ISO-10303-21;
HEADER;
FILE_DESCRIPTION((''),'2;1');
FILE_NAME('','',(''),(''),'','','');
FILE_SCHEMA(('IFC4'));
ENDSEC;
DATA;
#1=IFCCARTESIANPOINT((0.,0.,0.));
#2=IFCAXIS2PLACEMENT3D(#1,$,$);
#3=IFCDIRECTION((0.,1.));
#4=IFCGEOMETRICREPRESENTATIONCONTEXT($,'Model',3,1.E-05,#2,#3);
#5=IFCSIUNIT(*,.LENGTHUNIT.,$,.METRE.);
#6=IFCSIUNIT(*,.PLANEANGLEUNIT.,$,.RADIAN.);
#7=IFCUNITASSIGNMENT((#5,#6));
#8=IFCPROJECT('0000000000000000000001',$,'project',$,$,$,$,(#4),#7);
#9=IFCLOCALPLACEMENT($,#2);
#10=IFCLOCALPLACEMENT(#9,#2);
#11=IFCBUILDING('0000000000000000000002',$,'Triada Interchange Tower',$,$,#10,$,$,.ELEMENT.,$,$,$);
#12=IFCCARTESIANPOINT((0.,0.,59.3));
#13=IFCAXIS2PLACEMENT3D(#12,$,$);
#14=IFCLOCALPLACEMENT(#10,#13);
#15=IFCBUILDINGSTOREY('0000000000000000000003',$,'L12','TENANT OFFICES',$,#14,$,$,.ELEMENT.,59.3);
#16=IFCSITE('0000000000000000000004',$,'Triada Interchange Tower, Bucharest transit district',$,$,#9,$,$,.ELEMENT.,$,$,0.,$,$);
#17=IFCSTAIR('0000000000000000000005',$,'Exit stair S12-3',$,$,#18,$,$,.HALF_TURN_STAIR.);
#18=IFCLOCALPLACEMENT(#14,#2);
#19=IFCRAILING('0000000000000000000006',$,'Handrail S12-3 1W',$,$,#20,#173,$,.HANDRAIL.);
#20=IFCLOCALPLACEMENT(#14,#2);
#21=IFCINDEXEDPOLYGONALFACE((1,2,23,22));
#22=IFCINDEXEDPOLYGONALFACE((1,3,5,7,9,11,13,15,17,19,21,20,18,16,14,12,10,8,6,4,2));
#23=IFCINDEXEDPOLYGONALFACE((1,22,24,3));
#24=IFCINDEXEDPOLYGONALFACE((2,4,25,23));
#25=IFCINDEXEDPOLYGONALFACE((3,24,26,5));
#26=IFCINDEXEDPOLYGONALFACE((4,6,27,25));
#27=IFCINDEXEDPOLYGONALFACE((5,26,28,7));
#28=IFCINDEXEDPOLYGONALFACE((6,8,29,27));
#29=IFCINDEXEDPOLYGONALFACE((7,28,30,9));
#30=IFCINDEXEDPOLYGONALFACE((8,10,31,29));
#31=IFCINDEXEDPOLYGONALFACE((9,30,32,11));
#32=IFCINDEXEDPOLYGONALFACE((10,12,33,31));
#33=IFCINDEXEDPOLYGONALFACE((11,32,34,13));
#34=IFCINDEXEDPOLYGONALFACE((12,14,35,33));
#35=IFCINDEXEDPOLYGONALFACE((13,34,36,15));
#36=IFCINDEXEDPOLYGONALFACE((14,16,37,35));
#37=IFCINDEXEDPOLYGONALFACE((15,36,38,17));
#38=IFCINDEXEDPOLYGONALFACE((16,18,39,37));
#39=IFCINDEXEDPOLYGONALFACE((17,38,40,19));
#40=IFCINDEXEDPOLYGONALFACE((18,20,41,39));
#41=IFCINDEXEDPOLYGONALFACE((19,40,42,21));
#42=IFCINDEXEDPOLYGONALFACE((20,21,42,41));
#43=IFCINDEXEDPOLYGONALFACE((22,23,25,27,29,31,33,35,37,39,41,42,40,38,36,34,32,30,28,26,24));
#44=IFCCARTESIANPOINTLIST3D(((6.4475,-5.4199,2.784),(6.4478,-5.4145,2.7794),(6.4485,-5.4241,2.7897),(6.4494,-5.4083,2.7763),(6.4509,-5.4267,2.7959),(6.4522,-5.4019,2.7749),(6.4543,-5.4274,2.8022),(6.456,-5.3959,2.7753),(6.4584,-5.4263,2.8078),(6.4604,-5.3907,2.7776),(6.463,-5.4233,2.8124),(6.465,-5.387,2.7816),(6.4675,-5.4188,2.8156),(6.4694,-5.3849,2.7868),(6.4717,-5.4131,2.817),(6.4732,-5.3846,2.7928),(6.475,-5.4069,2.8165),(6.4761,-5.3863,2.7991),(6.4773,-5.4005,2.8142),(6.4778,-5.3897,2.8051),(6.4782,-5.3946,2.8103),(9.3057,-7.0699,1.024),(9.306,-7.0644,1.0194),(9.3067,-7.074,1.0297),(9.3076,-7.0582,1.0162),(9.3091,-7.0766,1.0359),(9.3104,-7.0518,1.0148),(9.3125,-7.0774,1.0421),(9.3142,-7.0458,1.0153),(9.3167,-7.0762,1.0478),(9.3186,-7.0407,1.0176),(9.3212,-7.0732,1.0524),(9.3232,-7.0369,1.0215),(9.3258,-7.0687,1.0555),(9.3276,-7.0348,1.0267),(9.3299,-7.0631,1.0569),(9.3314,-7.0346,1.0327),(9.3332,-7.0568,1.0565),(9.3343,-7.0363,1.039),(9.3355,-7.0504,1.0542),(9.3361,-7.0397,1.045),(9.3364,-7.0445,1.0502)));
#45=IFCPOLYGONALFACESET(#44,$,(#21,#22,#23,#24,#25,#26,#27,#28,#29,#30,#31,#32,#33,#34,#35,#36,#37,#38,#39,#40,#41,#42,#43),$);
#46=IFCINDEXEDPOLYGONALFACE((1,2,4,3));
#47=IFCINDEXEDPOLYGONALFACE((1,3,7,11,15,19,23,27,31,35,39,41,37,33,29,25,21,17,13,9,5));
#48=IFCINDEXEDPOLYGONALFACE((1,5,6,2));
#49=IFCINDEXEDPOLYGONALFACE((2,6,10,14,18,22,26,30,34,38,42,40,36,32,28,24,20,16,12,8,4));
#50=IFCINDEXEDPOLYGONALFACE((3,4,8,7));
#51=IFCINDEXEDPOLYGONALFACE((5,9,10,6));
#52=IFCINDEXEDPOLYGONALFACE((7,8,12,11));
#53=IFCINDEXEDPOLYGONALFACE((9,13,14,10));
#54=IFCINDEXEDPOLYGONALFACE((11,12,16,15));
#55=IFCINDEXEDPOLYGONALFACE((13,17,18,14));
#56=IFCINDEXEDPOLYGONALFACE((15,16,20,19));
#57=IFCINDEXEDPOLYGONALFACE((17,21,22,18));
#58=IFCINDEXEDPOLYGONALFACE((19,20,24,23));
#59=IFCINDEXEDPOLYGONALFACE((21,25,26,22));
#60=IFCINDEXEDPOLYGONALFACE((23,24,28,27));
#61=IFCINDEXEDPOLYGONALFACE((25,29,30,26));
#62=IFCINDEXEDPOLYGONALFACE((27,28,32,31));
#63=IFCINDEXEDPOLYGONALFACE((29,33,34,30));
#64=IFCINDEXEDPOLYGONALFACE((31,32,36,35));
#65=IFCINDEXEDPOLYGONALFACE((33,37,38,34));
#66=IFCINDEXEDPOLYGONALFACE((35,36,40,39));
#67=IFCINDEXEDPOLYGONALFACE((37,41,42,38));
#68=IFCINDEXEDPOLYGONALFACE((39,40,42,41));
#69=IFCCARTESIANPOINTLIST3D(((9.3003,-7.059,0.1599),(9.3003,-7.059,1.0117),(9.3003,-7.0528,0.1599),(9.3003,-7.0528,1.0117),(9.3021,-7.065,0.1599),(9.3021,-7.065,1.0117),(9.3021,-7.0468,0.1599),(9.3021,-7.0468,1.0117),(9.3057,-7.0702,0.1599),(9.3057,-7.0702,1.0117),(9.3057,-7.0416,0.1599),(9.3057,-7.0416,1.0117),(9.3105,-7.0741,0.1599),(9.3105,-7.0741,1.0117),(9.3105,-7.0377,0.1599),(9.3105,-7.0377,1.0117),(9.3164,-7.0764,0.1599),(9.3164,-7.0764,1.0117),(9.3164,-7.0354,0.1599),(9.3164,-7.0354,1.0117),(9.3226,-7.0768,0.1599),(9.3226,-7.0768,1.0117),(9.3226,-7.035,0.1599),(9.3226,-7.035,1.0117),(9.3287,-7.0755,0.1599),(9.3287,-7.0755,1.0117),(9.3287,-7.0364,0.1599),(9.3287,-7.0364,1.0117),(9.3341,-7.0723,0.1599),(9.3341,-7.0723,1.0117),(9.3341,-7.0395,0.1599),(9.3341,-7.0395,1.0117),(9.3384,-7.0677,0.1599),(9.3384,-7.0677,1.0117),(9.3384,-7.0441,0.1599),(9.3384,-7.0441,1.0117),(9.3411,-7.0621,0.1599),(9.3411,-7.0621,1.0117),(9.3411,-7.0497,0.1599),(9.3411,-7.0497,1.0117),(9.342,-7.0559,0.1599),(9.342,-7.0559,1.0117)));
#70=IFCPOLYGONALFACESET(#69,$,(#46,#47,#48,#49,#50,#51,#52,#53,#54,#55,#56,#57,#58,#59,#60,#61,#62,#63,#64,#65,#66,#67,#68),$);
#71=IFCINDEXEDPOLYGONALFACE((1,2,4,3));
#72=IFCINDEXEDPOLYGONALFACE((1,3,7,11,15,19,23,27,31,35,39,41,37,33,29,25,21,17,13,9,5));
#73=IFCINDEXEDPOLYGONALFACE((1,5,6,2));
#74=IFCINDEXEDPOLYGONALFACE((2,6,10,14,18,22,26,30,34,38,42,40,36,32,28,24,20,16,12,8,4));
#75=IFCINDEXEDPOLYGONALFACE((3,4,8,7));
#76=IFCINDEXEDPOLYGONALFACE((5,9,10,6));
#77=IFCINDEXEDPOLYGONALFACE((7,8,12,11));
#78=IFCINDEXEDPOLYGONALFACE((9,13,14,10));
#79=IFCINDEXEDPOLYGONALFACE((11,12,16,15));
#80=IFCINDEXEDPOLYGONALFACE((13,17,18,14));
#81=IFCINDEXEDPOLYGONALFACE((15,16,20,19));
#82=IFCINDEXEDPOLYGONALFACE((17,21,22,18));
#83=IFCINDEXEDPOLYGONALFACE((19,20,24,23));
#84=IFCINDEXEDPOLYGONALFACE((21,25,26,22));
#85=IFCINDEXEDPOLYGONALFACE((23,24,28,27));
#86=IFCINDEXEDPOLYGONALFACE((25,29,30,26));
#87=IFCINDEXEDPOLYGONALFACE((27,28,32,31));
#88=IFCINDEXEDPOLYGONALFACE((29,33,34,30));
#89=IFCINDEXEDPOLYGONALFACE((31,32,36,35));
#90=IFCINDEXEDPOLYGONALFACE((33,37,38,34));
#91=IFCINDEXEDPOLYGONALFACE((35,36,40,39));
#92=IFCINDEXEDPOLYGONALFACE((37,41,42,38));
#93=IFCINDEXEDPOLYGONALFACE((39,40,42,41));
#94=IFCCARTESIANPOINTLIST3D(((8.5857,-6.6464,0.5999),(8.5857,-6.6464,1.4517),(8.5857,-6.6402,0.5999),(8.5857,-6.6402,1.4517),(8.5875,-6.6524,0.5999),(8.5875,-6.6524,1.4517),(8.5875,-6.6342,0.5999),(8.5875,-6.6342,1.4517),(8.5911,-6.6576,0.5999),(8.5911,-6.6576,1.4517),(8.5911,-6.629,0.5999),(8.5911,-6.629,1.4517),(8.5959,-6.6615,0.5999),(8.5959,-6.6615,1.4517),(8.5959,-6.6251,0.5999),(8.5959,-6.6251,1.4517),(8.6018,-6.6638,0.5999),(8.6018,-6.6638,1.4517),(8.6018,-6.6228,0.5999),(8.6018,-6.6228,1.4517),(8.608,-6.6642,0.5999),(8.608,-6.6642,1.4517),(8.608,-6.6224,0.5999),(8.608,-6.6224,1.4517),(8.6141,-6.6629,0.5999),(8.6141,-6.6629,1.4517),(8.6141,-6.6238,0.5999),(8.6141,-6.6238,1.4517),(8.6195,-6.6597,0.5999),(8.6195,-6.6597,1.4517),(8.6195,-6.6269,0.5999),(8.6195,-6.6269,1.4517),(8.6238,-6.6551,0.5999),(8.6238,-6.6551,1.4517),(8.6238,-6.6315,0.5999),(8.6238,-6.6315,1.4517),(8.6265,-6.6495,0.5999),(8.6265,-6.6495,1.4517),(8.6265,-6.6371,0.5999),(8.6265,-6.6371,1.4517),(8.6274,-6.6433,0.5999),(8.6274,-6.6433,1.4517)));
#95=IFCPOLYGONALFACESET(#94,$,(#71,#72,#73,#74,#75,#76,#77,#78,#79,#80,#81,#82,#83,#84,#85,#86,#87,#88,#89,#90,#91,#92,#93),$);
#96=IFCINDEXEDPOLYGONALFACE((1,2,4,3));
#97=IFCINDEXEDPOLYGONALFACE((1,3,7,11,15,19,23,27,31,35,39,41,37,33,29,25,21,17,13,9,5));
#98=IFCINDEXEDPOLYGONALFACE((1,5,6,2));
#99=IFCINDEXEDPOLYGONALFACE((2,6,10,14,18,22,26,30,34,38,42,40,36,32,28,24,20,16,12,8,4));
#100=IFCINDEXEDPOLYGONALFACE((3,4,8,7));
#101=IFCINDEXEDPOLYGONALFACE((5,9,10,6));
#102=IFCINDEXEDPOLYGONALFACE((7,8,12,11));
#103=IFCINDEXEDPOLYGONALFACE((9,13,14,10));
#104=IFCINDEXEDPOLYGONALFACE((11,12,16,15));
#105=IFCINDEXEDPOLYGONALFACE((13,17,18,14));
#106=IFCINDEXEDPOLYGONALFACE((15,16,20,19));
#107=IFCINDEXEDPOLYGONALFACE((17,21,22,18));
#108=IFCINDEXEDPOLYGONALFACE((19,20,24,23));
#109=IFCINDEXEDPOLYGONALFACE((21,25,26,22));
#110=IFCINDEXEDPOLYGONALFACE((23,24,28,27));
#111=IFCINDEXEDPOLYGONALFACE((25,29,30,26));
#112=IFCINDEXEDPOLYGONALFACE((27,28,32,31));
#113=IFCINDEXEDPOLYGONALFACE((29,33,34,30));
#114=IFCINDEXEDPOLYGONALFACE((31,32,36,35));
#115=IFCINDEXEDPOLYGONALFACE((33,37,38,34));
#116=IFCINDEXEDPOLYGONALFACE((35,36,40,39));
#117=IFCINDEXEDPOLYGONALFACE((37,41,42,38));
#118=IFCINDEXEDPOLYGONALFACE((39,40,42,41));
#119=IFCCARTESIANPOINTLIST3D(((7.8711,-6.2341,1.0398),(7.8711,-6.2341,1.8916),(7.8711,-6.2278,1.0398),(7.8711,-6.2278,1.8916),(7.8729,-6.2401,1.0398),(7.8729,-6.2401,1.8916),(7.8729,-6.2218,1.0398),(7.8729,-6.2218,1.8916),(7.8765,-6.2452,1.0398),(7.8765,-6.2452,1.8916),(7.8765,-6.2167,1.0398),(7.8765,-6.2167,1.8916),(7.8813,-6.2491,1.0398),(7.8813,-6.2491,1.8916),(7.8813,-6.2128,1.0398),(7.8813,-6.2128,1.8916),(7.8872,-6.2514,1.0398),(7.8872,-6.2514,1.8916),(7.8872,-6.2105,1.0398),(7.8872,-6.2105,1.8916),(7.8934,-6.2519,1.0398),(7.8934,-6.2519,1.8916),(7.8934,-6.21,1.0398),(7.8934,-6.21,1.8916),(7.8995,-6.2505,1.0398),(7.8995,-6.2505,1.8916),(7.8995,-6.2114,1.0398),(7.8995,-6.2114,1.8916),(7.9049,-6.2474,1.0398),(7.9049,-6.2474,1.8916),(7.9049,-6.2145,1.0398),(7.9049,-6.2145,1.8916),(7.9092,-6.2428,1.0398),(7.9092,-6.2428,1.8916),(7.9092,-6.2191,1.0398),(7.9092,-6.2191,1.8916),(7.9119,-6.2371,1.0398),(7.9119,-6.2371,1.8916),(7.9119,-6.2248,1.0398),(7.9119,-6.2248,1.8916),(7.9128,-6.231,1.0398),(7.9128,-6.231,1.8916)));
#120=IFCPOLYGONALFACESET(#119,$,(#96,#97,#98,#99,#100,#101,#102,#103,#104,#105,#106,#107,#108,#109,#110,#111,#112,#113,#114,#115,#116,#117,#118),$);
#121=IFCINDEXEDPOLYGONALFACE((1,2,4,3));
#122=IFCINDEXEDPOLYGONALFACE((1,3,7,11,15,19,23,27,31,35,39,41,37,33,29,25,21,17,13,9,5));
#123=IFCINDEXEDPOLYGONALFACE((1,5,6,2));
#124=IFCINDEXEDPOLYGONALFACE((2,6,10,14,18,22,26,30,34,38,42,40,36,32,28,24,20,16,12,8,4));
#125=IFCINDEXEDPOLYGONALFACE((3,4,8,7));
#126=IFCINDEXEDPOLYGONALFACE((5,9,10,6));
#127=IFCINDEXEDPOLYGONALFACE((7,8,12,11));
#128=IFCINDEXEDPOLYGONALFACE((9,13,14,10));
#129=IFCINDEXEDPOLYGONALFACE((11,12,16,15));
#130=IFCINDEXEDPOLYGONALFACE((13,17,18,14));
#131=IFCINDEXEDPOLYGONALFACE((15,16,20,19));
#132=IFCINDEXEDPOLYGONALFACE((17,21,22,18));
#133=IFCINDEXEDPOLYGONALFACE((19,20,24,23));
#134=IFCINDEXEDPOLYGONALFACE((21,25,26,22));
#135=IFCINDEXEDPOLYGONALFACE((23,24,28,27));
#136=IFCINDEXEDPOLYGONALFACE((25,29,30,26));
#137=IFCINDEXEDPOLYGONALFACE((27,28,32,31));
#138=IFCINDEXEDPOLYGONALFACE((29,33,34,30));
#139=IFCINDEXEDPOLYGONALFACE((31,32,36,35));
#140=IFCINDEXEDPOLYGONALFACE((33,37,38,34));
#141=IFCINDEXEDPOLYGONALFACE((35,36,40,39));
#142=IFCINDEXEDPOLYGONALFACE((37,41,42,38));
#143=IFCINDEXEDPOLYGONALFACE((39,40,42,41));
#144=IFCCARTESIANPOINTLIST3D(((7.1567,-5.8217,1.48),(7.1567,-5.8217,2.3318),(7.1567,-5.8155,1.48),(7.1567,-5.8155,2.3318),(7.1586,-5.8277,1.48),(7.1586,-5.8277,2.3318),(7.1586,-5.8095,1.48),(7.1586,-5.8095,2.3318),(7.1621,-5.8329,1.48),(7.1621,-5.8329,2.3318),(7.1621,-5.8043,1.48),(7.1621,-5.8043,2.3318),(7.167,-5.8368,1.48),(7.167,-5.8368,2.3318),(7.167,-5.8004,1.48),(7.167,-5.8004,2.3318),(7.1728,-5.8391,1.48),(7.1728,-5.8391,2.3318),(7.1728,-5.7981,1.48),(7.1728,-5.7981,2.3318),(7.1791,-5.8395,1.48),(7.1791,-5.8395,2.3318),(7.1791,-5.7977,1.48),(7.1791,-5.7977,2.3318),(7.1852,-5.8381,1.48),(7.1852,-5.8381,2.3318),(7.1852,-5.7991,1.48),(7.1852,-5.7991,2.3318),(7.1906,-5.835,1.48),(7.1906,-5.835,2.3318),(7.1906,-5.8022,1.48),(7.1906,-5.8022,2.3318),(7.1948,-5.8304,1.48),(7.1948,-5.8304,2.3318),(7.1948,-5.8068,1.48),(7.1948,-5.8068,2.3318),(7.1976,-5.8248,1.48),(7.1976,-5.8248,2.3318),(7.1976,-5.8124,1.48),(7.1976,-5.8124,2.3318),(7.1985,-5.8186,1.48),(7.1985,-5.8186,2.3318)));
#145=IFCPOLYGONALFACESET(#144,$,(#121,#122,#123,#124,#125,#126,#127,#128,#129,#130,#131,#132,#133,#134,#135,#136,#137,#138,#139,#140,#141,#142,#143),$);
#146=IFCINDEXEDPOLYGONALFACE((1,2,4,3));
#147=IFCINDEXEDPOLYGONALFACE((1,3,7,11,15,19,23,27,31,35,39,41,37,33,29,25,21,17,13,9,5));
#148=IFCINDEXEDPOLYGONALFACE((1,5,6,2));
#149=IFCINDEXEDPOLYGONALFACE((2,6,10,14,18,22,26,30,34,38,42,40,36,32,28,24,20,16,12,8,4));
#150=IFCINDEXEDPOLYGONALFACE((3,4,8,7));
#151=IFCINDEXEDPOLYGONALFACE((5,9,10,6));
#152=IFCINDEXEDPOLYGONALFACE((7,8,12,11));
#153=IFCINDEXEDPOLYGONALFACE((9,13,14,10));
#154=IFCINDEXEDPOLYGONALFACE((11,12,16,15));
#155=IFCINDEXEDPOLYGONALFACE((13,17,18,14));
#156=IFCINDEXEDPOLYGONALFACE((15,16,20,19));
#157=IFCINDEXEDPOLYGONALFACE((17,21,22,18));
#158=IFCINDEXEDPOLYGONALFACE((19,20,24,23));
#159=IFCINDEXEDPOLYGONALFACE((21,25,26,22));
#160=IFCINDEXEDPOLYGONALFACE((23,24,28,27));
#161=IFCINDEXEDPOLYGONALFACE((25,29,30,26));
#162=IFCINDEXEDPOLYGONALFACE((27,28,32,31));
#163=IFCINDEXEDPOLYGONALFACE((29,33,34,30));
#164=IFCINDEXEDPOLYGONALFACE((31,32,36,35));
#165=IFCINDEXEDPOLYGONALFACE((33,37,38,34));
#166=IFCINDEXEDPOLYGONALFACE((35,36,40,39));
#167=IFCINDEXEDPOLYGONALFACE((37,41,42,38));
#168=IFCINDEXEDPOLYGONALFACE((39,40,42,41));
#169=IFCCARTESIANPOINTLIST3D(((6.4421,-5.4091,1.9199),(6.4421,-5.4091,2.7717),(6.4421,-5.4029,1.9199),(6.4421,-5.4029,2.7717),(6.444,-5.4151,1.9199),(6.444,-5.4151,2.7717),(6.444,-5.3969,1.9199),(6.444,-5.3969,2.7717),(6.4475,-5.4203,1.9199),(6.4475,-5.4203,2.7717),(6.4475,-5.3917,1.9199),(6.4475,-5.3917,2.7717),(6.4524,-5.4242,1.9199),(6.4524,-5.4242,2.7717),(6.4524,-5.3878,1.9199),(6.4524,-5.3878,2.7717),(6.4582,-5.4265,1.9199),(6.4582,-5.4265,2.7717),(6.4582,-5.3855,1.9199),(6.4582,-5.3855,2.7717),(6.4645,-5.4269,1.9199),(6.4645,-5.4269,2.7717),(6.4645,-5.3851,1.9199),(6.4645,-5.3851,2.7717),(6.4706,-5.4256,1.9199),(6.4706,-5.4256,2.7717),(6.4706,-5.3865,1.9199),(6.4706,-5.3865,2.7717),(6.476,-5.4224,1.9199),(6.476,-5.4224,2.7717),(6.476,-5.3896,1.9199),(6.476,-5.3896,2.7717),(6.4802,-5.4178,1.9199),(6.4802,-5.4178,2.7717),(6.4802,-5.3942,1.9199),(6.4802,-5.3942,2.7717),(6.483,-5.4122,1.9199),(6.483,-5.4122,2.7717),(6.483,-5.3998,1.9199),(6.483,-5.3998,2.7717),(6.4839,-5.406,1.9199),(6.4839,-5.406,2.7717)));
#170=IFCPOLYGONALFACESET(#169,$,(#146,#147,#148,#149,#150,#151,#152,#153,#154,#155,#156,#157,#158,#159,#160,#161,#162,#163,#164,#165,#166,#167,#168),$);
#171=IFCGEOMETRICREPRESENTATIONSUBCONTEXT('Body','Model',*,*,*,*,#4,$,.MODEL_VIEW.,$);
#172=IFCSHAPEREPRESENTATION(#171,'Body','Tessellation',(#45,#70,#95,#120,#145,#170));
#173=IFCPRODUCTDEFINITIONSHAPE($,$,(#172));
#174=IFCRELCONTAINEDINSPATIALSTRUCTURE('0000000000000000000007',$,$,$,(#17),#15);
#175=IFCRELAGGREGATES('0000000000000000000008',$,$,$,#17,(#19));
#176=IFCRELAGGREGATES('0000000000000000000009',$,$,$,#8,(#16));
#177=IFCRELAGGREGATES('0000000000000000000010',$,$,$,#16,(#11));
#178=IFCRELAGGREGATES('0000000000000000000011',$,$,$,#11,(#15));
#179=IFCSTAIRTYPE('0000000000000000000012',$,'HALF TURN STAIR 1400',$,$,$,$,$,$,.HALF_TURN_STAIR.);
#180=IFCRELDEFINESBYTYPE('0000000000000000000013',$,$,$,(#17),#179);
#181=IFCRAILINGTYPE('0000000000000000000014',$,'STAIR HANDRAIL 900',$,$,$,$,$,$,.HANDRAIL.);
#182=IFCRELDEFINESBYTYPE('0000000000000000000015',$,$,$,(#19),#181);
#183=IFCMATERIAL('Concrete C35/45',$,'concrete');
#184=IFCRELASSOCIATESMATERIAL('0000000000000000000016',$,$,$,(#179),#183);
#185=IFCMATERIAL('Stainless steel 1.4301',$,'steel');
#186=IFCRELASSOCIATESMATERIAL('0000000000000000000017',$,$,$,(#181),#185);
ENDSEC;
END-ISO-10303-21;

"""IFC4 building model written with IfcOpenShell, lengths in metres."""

from ifc_helpers import new_model, si_unit, direction, frame, origin, origin_2d, place, context, subcontext, project, spatial, circle, extrude, material, type_object, element, aggregate, save


model = new_model("IFC4")

# Units and contexts
model_context = context("Model", 3, precision=1e-05, world=origin(), true_north=direction((0.0, 1.0)))
body_context = subcontext(model_context, "Body", "Model", "MODEL_VIEW")
ifc_project = project(units=[si_unit("LENGTHUNIT", "METRE"), si_unit("PLANEANGLEUNIT", "RADIAN")], contexts=[model_context])

# Site, building, storey
site_placement = place(None, origin())
site = spatial("IfcSite", under=ifc_project, at=site_placement, Name="Triada Interchange Tower, Bucharest transit district", CompositionType="ELEMENT", RefElevation=0.0)
building_placement = place(site_placement, origin())
building = spatial("IfcBuilding", under=site, at=building_placement, Name="Triada Interchange Tower", CompositionType="ELEMENT")
storey_placement = place(building_placement, frame((0.0, 0.0, 59.3)))
storey = spatial("IfcBuildingStorey", under=building, at=storey_placement, Name="L12", Description="TENANT OFFICES", CompositionType="ELEMENT", Elevation=59.3)

# Stair, railing
ifc_material_1 = material(Name="Concrete C35/45", Category="concrete")
stair_type = type_object("IfcStairType", Name="HALF TURN STAIR 1400", PredefinedType="HALF_TURN_STAIR", material=ifc_material_1)
stair_placement = place(storey_placement, origin())
stair = element("IfcStair", 1, at=stair_placement, inside=storey, type_object=stair_type, Name="Exit stair S12-3", PredefinedType="HALF_TURN_STAIR")
ifc_material_2 = material(Name="Stainless steel 1.4301", Category="steel")
railing_type = type_object("IfcRailingType", Name="STAIR HANDRAIL 900", PredefinedType="HANDRAIL", material=ifc_material_2)
railing_1_placement = place(storey_placement, frame((9.321, -7.0559, 0.1599)))
railing_1 = element("IfcRailing", 2, at=railing_1_placement, type_object=railing_type, Name="Handrail S12-3 1W", PredefinedType="HANDRAIL", context=body_context, shape_type="SweptSolid", body=[
    extrude(circle(Radius=0.0239, at=origin_2d()), frame((0.0, 0.0, 0.876), z_axis=(-0.764178, 0.441131, 0.47057), x_axis=(-0.499942, -0.866059, 0.0)), (0.0, 0.0, 1.0), 3.7402),
    extrude(circle(Radius=0.021, at=origin_2d()), origin(), (0.0, 0.0, 1.0), 0.8518),
    extrude(circle(Radius=0.021, at=origin_2d()), frame((-0.7146, 0.4126, 0.4399)), (0.0, 0.0, 1.0), 0.8518),
    extrude(circle(Radius=0.021, at=origin_2d()), frame((-1.4292, 0.825, 0.8799)), (0.0, 0.0, 1.0), 0.8518),
    extrude(circle(Radius=0.021, at=origin_2d()), frame((-2.1436, 1.2373, 1.3201)), (0.0, 0.0, 1.0), 0.8518),
    extrude(circle(Radius=0.021, at=origin_2d()), frame((-2.8582, 1.6499, 1.76)), (0.0, 0.0, 1.0), 0.8518),
])
aggregate(stair, [railing_1])

save(model, "model.ifc")
